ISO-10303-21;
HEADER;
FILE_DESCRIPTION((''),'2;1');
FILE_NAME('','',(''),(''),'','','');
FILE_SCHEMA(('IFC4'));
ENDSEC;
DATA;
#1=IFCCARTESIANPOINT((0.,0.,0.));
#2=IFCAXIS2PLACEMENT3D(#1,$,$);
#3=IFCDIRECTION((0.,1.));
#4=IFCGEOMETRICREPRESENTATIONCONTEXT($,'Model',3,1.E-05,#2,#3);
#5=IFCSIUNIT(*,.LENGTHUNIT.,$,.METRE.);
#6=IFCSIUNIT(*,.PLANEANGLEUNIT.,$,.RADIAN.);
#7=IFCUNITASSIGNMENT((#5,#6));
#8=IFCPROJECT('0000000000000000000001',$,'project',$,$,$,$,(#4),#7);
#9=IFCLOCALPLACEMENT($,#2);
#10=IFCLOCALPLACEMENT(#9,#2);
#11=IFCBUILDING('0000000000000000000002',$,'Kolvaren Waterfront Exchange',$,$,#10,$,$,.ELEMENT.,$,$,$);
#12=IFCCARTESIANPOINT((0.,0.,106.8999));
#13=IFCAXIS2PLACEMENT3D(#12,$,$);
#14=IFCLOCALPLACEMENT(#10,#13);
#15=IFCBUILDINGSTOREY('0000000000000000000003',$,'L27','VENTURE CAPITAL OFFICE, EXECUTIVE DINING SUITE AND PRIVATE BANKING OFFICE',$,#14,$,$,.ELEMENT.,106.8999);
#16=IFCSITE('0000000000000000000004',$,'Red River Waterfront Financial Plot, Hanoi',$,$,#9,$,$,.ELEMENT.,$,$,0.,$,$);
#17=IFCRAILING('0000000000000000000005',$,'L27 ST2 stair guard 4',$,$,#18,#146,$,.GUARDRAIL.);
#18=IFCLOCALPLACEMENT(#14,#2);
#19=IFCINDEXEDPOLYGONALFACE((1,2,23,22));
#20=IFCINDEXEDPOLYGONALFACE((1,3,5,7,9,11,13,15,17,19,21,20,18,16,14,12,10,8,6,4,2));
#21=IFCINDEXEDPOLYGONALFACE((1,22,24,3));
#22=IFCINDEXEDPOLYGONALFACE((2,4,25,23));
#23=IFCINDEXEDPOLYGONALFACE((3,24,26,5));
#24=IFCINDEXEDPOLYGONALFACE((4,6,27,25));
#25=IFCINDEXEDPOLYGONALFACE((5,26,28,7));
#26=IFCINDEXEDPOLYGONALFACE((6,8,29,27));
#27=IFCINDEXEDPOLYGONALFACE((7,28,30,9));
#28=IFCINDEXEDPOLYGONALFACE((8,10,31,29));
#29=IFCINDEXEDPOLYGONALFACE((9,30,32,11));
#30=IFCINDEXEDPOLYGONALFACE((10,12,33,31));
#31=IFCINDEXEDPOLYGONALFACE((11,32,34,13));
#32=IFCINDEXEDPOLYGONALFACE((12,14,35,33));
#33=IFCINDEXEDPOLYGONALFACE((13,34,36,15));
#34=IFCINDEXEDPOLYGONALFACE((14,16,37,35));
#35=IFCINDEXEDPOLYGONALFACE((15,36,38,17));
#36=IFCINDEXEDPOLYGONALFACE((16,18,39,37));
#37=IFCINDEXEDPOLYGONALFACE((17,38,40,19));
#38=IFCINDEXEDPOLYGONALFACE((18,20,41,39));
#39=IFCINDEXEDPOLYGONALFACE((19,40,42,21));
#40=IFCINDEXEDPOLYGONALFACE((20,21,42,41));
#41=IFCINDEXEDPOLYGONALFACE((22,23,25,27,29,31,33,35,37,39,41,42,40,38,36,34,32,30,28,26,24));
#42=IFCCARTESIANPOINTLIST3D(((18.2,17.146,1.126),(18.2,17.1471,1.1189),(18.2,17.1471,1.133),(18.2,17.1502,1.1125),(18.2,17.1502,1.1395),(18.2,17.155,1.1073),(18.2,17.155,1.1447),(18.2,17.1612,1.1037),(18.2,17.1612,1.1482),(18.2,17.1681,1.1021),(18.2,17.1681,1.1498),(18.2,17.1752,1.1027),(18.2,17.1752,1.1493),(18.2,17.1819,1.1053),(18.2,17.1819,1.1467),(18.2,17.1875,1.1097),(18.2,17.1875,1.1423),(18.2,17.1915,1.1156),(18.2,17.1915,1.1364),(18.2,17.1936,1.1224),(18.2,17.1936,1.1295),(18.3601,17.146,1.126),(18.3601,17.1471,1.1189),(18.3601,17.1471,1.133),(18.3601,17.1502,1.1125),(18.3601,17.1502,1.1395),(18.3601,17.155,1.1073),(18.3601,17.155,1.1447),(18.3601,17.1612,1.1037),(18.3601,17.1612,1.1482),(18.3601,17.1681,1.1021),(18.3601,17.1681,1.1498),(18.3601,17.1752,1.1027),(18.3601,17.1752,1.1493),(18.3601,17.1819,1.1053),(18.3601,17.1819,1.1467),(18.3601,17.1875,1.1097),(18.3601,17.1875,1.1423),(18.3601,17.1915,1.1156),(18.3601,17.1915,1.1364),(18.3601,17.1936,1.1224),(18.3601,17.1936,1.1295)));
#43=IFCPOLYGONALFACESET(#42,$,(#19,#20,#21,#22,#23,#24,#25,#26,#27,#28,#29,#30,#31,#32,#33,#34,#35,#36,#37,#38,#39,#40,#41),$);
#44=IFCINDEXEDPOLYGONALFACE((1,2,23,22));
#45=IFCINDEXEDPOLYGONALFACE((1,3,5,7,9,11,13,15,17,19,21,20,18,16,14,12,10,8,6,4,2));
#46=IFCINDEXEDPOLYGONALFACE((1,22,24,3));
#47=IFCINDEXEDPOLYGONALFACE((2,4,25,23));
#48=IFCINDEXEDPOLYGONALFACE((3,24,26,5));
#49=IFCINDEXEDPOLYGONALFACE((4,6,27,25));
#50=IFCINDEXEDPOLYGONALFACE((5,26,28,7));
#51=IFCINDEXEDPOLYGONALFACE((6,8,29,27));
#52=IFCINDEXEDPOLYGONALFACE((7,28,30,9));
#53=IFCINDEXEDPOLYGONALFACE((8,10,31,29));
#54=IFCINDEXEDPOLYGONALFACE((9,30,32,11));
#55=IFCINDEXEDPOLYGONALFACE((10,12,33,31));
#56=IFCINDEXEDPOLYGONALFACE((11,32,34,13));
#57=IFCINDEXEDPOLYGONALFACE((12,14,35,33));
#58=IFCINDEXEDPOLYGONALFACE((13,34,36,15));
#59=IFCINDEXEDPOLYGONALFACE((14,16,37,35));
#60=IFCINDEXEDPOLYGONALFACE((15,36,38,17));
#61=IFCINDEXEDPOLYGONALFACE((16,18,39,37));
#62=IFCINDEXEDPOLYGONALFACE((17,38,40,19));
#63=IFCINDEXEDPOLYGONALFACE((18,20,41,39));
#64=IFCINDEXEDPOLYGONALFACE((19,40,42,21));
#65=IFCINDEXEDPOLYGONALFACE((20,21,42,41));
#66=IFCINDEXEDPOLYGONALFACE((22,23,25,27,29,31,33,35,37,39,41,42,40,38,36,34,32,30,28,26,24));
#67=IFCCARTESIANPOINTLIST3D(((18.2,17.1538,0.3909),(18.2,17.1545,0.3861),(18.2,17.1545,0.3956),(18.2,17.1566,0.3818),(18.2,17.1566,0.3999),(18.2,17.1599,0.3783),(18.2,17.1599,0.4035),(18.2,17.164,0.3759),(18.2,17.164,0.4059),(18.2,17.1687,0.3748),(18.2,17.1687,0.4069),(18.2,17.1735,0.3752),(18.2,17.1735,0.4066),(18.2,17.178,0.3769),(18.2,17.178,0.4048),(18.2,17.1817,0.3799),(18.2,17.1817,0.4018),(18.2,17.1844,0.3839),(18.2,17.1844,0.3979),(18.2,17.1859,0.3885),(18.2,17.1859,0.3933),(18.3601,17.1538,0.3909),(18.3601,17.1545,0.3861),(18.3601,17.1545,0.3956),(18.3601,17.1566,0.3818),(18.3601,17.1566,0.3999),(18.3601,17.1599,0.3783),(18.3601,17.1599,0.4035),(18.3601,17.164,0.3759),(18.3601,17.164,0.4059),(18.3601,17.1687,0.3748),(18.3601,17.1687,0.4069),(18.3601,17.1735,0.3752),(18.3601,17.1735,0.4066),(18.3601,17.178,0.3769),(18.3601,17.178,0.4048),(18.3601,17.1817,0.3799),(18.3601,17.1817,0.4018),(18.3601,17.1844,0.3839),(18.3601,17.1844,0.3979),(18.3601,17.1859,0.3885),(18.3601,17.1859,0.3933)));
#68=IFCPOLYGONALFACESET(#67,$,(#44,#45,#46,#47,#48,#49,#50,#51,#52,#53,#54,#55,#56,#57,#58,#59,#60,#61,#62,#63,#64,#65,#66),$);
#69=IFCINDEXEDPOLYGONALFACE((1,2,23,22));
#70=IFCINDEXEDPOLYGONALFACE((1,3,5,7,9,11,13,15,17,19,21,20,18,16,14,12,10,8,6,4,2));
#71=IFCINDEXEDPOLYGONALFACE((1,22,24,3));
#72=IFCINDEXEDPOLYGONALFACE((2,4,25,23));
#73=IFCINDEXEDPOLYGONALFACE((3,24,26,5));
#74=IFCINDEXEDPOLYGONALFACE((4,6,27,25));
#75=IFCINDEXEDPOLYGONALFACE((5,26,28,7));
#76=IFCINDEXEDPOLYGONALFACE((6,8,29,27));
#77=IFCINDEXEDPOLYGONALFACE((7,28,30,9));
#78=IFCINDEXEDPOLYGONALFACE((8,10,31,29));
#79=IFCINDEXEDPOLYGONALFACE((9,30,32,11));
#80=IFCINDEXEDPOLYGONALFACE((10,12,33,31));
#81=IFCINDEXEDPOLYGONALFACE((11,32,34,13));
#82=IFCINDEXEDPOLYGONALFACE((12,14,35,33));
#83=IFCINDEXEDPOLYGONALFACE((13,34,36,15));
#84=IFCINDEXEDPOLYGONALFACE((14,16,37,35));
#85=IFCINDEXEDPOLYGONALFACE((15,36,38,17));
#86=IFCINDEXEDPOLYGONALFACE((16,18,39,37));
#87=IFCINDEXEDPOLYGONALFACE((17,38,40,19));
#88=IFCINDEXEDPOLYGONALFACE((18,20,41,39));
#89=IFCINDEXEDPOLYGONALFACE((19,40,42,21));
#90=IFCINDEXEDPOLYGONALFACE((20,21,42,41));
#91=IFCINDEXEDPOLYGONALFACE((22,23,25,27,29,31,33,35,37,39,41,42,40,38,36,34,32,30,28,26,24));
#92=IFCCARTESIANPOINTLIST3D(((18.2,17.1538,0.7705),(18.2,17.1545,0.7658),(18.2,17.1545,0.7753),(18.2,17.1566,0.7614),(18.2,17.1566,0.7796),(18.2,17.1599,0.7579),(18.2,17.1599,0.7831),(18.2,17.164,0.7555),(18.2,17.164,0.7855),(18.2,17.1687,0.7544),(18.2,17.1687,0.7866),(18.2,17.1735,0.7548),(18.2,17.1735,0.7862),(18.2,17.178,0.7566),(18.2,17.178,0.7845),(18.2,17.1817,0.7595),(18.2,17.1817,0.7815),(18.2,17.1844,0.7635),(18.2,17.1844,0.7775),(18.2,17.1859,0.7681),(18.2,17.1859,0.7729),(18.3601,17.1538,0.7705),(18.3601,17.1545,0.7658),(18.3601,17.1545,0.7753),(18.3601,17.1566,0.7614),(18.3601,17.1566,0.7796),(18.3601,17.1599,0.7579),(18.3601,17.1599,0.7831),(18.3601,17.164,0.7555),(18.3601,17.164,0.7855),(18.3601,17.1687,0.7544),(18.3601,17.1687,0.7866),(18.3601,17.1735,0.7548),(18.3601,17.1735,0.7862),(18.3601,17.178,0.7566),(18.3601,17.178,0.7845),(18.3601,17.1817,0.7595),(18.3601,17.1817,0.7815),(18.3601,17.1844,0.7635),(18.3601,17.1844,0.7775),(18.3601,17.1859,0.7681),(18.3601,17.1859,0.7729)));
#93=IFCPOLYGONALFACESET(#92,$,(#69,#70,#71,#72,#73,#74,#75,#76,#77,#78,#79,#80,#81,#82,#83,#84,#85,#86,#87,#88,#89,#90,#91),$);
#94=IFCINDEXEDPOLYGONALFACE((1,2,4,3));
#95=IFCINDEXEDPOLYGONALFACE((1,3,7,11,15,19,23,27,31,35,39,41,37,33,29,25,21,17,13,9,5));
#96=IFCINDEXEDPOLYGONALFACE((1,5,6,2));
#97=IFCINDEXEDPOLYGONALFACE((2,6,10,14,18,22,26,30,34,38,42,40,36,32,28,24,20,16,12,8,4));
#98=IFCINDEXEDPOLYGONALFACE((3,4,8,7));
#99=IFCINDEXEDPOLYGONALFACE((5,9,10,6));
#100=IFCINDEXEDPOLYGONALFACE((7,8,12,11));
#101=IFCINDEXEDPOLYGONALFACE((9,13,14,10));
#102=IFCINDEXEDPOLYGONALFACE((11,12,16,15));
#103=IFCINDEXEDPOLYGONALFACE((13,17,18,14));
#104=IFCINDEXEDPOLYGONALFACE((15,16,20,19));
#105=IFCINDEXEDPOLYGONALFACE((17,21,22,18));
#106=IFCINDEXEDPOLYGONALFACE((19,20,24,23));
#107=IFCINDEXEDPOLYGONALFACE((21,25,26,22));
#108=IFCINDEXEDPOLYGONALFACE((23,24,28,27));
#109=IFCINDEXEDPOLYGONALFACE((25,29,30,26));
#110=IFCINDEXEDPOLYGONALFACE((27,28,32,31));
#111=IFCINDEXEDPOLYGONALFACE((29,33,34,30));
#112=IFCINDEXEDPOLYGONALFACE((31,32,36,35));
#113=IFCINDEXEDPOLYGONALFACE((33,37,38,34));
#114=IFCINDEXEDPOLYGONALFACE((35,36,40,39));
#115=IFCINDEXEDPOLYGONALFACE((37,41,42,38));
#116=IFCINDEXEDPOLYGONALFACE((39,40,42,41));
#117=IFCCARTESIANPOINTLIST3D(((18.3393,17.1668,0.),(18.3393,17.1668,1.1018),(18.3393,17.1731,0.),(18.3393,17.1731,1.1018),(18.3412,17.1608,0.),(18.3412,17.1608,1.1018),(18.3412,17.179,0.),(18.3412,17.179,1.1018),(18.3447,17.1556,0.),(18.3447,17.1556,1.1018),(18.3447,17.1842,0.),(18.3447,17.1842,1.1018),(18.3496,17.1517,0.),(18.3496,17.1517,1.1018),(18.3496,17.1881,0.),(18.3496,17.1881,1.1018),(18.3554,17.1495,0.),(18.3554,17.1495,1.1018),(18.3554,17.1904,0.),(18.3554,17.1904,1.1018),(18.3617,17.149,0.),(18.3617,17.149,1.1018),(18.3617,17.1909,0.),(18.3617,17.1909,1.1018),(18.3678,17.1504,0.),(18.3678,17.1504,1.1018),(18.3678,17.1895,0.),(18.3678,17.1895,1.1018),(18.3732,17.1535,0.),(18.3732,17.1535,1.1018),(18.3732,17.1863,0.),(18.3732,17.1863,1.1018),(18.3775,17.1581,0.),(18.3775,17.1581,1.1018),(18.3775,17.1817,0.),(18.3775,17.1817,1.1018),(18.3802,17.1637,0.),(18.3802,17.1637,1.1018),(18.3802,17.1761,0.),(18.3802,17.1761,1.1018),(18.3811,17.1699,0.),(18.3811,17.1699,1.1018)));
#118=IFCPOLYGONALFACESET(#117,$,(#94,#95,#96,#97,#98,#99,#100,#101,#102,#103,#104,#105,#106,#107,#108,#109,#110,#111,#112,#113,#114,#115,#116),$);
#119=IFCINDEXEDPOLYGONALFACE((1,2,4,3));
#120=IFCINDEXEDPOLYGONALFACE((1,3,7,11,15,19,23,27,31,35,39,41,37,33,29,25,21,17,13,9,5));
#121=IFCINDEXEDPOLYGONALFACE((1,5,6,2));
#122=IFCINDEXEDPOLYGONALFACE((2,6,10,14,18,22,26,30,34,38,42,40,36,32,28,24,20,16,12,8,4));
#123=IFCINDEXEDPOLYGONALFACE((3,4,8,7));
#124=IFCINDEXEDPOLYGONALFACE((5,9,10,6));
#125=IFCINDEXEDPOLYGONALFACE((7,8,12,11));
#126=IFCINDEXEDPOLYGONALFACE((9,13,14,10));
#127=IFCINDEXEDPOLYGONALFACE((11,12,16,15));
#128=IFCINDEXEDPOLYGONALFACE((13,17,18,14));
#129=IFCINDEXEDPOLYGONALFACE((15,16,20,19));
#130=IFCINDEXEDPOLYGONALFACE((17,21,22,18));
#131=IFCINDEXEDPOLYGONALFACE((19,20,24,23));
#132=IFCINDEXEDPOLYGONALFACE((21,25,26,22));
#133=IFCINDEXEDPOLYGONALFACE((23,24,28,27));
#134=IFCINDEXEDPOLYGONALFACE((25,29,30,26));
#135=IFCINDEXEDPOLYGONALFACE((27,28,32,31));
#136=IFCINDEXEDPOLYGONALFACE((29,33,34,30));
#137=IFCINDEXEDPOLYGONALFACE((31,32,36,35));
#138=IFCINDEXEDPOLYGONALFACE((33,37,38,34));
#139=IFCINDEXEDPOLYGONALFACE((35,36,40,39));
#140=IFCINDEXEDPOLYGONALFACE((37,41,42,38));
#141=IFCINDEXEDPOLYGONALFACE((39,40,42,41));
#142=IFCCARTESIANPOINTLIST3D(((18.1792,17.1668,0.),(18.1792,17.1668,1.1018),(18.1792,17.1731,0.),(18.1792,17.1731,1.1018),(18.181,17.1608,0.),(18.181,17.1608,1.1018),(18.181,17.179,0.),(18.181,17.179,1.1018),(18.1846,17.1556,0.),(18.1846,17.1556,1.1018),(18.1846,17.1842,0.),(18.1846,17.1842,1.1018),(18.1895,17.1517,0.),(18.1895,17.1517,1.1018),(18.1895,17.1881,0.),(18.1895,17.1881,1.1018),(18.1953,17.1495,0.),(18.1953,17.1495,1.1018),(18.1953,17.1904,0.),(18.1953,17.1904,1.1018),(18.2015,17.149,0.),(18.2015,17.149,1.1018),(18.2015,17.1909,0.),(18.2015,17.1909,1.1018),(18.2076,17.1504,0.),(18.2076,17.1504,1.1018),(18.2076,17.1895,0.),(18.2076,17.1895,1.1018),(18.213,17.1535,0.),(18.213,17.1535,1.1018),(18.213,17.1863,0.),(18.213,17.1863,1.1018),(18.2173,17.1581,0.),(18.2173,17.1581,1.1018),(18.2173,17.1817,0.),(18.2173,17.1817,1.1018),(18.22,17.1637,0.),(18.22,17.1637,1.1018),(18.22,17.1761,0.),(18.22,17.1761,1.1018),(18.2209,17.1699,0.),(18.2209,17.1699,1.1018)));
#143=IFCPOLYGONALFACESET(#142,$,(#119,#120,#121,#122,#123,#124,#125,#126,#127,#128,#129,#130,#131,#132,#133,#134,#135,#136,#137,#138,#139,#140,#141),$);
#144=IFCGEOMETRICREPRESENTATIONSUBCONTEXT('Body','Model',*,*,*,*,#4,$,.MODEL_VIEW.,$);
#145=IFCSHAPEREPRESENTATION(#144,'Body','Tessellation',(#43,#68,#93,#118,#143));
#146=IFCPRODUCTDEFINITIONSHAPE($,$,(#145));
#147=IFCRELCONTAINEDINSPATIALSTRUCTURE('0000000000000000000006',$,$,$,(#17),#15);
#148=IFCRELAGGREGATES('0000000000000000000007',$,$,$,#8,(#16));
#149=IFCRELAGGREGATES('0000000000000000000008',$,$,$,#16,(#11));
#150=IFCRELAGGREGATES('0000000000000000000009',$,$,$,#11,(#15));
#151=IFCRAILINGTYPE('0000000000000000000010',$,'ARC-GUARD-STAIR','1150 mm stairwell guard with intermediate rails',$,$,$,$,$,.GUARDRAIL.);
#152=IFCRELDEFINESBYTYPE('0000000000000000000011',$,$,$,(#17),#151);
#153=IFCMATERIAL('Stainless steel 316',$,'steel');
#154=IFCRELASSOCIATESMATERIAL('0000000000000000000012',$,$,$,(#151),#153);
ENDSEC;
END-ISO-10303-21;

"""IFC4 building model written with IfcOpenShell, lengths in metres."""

from ifc_helpers import new_model, si_unit, direction, frame, origin, origin_2d, place, context, subcontext, project, spatial, circle, extrude, material, type_object, element, save


model = new_model("IFC4")

# Units and contexts
model_context = context("Model", 3, precision=1e-05, world=origin(), true_north=direction((0.0, 1.0)))
body_context = subcontext(model_context, "Body", "Model", "MODEL_VIEW")
ifc_project = project(units=[si_unit("LENGTHUNIT", "METRE"), si_unit("PLANEANGLEUNIT", "RADIAN")], contexts=[model_context])

# Site, building, storey
site_placement = place(None, origin())
site = spatial("IfcSite", under=ifc_project, at=site_placement, Name="Red River Waterfront Financial Plot, Hanoi", CompositionType="ELEMENT", RefElevation=0.0)
building_placement = place(site_placement, origin())
building = spatial("IfcBuilding", under=site, at=building_placement, Name="Kolvaren Waterfront Exchange", CompositionType="ELEMENT")
storey_placement = place(building_placement, frame((0.0, 0.0, 106.8999)))
storey = spatial("IfcBuildingStorey", under=building, at=storey_placement, Name="L27", Description="VENTURE CAPITAL OFFICE, EXECUTIVE DINING SUITE AND PRIVATE BANKING OFFICE", CompositionType="ELEMENT", Elevation=106.8999)

# Railing
ifc_material_1 = material(Name="Stainless steel 316", Category="steel")
railing_type_1 = type_object("IfcRailingType", Name="ARC-GUARD-STAIR", Description="1150 mm stairwell guard with intermediate rails", PredefinedType="GUARDRAIL", material=ifc_material_1)
railing_1_placement = place(storey_placement, frame((18.3601, 17.1699, 0.0)))
element("IfcRailing", 1, at=railing_1_placement, inside=storey, type_object=railing_type_1, Name="L27 ST2 stair guard 4", PredefinedType="GUARDRAIL", context=body_context, shape_type="SweptSolid", body=[
    extrude(circle(Radius=0.0239, at=origin_2d()), frame((0.0, 0.0, 1.126), z_axis=(-1.0, 0.0, 0.0), x_axis=(0.0, -1.0, 0.0)), (0.0, 0.0, 1.0), 0.1602),
    extrude(circle(Radius=0.0161, at=origin_2d()), frame((0.0, 0.0, 0.3909), z_axis=(-1.0, 0.0, 0.0), x_axis=(0.0, -1.0, 0.0)), (0.0, 0.0, 1.0), 0.1602),
    extrude(circle(Radius=0.0161, at=origin_2d()), frame((0.0, 0.0, 0.7705), z_axis=(-1.0, 0.0, 0.0), x_axis=(0.0, -1.0, 0.0)), (0.0, 0.0, 1.0), 0.1602),
    extrude(circle(Radius=0.021, at=origin_2d()), origin(), (0.0, 0.0, 1.0), 1.1018),
    extrude(circle(Radius=0.021, at=origin_2d()), frame((-0.1602, 0.0, 0.0)), (0.0, 0.0, 1.0), 1.1018),
])

save(model, "model.ifc")
